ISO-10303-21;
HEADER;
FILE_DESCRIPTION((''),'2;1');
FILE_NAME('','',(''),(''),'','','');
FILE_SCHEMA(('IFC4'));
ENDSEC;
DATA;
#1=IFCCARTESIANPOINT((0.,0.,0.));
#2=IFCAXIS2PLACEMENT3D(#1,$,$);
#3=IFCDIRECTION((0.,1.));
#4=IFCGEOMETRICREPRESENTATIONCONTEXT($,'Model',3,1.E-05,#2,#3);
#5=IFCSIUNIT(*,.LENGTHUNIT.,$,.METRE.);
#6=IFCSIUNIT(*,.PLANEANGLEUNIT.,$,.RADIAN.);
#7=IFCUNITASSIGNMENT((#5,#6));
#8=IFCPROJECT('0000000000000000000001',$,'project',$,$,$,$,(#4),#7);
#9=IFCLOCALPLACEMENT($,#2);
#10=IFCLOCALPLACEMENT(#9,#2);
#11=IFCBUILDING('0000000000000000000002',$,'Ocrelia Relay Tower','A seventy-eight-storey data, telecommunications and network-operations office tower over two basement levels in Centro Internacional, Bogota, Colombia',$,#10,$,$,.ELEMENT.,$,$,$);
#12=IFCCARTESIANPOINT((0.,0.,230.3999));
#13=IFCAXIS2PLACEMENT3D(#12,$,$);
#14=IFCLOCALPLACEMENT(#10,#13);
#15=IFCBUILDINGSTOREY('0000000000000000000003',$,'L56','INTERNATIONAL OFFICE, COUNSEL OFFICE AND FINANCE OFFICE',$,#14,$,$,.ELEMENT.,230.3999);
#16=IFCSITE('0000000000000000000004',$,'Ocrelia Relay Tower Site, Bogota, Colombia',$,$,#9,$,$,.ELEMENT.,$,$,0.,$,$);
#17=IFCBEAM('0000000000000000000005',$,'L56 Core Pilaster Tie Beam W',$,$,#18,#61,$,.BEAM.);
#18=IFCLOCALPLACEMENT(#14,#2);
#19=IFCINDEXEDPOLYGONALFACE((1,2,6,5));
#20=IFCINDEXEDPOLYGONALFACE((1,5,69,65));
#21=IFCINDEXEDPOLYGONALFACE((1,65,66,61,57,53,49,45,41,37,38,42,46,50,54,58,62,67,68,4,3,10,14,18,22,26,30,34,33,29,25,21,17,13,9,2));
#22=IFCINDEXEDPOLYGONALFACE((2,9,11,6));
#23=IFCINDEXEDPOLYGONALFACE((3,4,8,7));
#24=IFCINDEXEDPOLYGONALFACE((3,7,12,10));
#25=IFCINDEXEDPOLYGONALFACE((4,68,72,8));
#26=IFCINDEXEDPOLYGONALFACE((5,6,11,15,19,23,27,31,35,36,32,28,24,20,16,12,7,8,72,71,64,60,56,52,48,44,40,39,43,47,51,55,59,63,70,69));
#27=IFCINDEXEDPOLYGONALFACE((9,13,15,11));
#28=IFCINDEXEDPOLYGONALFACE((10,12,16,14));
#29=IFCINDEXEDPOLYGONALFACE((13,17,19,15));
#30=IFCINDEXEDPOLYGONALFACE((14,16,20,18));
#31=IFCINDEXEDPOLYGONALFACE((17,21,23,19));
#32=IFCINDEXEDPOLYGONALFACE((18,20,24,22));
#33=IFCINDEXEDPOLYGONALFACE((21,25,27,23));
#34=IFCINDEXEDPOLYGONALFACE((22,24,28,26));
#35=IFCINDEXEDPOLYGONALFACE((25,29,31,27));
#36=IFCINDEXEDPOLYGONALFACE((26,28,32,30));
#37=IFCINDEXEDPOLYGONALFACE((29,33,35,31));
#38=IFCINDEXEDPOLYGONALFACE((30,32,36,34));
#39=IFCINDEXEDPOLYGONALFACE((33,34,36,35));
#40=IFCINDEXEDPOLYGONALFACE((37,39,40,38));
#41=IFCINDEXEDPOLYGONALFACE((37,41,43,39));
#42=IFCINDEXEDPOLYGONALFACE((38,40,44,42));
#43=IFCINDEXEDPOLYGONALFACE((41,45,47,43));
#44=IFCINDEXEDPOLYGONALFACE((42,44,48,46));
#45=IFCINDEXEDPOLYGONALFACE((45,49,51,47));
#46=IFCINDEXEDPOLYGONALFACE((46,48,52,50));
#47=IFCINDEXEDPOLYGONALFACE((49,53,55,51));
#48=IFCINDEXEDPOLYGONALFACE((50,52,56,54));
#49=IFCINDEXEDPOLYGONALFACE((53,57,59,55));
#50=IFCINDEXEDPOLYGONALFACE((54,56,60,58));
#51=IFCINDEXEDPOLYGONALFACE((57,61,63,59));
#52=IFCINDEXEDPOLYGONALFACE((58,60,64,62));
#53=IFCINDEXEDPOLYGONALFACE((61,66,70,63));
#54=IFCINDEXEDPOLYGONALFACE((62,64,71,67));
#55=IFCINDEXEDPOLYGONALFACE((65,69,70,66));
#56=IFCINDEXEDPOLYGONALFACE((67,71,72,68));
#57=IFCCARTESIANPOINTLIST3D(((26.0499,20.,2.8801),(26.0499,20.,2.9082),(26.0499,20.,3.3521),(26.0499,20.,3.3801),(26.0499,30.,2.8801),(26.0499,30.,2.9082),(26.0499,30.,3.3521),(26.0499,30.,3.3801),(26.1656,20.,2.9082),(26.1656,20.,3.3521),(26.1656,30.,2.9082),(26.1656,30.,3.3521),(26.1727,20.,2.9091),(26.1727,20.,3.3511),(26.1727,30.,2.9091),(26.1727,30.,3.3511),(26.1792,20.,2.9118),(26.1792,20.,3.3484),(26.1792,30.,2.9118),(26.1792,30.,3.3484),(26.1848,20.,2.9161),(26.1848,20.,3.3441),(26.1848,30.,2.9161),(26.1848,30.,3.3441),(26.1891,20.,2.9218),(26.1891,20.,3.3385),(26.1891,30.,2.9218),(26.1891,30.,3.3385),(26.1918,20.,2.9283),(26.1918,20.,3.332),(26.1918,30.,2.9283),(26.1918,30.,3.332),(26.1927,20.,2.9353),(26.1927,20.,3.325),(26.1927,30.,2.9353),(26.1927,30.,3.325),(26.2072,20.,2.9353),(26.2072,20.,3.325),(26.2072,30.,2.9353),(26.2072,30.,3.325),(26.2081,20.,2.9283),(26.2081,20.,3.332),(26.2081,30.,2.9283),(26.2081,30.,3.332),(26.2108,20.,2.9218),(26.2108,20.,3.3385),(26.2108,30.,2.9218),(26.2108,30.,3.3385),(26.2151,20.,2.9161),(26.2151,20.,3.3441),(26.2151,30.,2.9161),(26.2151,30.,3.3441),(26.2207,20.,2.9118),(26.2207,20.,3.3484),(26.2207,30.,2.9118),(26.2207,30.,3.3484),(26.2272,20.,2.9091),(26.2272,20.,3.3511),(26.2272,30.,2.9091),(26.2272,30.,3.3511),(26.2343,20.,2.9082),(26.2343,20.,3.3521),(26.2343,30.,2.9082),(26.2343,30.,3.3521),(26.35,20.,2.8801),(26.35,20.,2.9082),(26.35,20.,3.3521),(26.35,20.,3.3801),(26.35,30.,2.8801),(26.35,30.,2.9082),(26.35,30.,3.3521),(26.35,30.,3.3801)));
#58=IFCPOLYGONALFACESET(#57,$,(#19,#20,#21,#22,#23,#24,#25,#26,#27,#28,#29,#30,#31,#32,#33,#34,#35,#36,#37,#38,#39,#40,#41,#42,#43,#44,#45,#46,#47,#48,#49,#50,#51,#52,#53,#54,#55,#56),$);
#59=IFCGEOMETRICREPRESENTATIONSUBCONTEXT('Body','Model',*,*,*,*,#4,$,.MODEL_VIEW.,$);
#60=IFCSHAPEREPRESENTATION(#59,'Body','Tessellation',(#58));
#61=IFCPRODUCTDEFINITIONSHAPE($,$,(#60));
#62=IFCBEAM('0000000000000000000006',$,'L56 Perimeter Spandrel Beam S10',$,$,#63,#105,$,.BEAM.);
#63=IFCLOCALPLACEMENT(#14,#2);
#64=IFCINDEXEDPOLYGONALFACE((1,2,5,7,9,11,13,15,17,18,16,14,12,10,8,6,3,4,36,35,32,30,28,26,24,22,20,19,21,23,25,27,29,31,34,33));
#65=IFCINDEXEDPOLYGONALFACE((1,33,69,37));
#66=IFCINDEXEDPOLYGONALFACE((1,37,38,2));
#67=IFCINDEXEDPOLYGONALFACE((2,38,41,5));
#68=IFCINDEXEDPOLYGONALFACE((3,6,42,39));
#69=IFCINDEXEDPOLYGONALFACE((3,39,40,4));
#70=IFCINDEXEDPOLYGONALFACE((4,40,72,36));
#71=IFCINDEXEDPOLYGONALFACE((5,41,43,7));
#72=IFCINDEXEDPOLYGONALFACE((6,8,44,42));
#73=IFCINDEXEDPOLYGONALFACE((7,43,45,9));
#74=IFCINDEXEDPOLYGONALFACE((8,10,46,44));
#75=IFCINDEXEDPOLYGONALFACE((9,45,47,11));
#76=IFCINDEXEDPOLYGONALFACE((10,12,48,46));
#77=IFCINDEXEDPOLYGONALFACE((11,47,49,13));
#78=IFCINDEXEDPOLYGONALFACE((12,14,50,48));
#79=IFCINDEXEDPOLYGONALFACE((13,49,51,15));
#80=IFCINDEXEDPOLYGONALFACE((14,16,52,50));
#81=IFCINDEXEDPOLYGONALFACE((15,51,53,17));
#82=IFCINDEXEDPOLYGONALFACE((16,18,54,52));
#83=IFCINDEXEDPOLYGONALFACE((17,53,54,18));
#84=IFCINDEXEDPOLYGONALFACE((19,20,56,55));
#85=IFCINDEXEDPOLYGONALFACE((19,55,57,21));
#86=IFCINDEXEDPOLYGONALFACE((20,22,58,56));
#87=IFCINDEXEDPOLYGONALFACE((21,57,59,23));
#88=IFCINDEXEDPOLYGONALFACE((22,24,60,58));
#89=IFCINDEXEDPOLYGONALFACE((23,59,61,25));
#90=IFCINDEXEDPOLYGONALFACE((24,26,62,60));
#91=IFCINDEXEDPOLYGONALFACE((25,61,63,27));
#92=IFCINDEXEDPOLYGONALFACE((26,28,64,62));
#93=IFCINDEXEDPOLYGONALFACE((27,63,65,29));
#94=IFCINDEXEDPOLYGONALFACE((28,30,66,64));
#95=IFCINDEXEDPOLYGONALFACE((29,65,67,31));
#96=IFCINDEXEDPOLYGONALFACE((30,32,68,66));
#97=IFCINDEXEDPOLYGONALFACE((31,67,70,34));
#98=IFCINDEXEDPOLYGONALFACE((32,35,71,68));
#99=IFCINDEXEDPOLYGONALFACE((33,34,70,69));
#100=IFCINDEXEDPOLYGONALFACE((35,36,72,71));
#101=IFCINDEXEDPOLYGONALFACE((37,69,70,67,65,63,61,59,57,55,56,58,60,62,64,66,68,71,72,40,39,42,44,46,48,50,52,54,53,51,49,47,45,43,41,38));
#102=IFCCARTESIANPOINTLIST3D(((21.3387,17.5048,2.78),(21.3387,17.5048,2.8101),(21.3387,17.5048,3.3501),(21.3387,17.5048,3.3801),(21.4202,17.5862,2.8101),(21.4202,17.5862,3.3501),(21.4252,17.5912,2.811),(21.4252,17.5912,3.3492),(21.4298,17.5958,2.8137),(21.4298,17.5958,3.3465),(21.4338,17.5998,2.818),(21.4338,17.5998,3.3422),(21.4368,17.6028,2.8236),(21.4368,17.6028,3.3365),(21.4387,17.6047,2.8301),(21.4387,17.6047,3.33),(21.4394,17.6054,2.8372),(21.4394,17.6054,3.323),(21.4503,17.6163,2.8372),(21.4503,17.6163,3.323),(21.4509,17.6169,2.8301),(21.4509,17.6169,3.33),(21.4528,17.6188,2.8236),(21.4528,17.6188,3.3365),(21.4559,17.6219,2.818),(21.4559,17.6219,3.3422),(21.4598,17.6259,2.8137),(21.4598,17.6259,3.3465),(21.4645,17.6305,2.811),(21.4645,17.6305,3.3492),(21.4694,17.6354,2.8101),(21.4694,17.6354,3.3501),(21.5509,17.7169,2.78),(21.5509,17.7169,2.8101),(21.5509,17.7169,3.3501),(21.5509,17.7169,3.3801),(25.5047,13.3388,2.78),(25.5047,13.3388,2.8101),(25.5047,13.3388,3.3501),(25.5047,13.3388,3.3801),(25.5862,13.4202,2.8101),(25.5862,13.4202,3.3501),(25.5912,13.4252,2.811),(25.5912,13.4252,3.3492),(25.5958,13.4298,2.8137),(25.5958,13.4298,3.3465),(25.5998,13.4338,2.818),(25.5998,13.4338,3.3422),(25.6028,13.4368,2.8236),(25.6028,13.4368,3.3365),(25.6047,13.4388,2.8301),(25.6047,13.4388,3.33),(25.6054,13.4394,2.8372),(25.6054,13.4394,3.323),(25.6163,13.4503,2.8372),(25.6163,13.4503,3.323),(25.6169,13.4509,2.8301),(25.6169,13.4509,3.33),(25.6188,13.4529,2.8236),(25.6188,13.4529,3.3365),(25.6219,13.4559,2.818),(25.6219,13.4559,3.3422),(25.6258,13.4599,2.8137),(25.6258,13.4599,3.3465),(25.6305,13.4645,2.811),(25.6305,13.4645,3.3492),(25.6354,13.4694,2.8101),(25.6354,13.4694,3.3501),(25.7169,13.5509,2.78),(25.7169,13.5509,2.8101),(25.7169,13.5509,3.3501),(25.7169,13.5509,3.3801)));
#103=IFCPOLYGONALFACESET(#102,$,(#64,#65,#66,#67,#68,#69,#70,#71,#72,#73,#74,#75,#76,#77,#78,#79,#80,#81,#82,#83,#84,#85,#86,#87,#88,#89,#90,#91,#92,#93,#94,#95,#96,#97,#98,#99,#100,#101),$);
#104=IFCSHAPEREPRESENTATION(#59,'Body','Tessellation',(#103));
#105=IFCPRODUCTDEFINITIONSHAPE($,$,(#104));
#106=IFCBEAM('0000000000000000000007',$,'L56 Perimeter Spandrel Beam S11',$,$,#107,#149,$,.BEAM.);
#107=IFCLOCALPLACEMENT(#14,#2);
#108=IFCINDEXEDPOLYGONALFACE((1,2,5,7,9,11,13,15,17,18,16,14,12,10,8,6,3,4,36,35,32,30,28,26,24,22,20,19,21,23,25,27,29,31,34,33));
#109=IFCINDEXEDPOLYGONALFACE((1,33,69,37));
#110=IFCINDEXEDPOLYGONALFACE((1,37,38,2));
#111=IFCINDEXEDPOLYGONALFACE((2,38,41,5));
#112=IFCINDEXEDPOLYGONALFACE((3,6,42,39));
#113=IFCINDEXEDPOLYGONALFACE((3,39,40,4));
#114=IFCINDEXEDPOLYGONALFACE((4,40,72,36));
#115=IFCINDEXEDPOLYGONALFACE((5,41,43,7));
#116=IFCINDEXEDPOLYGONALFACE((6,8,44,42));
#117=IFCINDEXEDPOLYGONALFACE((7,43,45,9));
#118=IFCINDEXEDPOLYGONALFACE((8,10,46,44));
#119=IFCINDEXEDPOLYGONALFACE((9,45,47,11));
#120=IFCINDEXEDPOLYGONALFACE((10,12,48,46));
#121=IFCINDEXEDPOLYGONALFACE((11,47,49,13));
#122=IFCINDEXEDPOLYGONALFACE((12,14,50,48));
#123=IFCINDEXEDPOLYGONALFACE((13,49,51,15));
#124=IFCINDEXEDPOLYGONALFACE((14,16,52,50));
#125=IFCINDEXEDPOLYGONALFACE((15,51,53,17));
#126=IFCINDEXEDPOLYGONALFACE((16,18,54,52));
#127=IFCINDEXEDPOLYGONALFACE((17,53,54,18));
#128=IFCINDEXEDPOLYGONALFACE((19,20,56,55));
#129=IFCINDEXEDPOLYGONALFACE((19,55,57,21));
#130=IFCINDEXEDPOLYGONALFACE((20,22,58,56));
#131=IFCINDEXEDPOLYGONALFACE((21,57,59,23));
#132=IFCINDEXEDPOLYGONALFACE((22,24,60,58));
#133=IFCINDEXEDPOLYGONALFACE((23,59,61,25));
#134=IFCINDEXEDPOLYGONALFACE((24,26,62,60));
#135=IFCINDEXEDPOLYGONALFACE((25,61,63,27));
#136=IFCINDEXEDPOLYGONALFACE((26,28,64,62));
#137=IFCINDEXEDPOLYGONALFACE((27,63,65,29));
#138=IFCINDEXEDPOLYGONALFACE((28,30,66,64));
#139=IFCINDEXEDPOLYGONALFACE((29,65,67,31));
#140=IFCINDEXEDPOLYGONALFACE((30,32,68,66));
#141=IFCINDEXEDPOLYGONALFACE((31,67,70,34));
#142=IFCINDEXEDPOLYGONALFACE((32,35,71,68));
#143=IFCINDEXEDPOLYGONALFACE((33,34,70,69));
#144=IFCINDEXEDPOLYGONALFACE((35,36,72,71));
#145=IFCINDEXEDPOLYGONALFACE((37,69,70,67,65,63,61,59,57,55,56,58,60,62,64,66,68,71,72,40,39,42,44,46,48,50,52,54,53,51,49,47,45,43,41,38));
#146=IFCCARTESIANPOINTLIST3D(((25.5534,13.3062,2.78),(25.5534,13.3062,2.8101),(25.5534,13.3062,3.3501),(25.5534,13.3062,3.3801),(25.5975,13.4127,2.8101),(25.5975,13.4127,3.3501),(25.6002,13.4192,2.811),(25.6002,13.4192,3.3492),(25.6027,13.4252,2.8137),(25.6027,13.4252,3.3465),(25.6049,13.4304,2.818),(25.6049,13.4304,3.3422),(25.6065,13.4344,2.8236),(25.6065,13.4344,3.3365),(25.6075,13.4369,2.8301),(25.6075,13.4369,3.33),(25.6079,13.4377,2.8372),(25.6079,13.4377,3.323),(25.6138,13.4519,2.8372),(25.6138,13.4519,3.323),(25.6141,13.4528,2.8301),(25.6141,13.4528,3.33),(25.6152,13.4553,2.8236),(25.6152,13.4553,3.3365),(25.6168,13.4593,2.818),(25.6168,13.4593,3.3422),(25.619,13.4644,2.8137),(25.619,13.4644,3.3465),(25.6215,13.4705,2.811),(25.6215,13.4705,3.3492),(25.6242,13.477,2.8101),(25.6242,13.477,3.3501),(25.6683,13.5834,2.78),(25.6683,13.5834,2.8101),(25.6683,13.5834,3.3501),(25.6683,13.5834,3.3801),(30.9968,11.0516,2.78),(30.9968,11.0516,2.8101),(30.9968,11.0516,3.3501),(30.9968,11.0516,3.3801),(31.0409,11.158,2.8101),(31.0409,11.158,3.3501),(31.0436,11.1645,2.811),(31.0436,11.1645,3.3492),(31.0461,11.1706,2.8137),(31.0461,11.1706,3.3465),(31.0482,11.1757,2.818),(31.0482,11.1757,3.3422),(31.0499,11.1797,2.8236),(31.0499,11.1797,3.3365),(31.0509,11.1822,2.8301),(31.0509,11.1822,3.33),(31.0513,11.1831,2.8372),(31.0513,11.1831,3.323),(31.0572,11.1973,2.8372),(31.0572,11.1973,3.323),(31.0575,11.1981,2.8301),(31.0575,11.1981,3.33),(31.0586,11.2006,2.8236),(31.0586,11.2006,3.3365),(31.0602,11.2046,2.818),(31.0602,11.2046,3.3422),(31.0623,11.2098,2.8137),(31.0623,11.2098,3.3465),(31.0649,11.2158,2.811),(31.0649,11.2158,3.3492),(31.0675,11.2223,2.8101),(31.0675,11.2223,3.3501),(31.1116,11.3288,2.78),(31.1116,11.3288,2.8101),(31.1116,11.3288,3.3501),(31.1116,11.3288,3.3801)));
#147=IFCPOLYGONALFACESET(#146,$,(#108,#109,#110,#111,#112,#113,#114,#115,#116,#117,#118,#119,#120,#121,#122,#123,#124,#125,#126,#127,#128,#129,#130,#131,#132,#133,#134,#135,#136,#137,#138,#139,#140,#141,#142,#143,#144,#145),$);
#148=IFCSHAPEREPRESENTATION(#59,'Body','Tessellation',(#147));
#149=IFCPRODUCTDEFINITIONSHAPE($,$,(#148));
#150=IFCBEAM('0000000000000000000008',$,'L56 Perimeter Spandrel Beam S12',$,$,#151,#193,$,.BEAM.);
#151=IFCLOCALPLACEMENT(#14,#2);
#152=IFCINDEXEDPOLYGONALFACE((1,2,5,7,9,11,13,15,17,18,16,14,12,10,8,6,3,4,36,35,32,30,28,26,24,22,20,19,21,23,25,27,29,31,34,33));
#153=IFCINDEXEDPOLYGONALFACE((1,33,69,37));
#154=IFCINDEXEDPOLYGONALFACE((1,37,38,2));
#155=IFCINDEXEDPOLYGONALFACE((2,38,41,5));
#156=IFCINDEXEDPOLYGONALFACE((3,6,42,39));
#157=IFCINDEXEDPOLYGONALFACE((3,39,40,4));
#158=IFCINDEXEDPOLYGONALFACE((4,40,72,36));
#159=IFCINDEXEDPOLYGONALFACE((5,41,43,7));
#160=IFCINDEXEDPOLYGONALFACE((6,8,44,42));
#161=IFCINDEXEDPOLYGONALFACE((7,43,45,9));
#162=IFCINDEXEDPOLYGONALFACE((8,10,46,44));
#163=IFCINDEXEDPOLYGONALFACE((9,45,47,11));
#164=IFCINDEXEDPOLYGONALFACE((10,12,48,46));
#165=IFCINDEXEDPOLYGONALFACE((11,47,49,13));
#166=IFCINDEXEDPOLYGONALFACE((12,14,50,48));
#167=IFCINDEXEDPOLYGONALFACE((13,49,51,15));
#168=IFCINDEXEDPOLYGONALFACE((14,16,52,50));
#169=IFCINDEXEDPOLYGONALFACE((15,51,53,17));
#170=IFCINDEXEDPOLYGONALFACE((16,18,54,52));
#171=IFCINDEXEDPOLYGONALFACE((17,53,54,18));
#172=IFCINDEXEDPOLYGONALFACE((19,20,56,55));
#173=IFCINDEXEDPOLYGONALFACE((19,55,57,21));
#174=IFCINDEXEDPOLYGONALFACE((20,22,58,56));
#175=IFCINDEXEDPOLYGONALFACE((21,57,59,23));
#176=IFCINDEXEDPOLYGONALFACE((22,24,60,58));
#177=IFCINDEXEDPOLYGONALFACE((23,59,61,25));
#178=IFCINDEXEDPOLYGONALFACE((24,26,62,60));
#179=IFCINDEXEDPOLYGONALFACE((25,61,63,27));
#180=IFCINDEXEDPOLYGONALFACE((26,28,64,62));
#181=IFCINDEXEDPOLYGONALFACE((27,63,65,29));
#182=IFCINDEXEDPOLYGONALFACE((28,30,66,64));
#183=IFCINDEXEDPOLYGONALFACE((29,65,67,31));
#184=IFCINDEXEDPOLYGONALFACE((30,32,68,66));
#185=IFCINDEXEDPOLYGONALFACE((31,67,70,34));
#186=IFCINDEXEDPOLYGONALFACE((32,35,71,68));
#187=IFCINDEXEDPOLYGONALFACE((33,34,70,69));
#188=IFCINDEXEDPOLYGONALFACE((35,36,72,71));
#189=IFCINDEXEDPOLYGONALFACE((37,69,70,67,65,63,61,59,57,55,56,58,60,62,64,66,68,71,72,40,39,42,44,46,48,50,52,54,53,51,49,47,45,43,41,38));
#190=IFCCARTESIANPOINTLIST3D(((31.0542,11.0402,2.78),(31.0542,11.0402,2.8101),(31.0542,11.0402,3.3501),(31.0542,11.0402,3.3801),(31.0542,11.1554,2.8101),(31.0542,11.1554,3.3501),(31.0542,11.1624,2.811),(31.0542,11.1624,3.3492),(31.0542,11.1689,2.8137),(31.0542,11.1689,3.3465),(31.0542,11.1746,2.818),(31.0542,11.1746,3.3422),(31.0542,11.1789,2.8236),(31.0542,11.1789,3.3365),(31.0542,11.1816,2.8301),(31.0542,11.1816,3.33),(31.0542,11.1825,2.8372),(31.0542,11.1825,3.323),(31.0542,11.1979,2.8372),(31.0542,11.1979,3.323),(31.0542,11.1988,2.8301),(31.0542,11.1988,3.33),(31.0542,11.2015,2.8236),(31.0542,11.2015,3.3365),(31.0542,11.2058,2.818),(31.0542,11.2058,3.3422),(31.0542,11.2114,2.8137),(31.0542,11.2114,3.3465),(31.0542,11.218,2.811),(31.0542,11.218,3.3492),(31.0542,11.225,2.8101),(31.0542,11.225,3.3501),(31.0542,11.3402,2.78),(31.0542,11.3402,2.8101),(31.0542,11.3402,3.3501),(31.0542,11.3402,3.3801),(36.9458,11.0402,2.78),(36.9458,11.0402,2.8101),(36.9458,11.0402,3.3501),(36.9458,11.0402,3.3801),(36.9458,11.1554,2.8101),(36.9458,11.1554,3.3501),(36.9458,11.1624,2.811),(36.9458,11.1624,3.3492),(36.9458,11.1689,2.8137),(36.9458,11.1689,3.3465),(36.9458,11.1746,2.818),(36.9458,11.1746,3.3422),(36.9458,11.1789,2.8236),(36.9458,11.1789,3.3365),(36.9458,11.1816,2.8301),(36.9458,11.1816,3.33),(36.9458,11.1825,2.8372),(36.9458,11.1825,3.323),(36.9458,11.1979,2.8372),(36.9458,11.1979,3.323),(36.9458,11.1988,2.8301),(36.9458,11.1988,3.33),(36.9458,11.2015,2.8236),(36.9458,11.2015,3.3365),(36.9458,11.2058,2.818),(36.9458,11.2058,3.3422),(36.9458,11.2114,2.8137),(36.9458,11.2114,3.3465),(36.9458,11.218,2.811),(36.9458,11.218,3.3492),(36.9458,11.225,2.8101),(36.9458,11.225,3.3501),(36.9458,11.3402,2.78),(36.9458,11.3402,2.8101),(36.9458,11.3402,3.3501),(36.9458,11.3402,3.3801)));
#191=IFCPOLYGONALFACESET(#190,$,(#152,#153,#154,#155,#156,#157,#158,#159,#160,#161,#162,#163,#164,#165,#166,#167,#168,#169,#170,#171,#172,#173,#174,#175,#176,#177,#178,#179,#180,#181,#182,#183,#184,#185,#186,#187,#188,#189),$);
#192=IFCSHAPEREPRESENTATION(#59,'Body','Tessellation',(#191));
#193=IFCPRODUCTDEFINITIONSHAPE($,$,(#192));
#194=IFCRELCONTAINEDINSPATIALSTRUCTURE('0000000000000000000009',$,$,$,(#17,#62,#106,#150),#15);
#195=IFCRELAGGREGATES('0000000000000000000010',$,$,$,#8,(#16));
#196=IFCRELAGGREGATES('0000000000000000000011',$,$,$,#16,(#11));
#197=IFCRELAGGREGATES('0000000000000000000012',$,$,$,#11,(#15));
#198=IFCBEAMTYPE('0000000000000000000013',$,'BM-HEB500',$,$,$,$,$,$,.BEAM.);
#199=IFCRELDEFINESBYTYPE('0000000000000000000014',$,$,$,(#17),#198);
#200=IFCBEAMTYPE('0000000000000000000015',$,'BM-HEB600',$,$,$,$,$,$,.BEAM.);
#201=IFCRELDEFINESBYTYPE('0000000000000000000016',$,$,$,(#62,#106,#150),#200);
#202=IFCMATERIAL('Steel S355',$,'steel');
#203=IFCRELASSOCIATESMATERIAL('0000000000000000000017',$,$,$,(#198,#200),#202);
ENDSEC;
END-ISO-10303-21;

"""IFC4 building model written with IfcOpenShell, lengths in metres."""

from ifc_helpers import new_model, si_unit, direction, frame, origin, origin_2d, place, context, subcontext, project, spatial, i_section, extrude, material, material_profile, profile_set, type_object, element, save


model = new_model("IFC4")

# Units and contexts
model_context = context("Model", 3, precision=1e-05, world=origin(), true_north=direction((0.0, 1.0)))
body_context = subcontext(model_context, "Body", "Model", "MODEL_VIEW")
ifc_project = project(units=[si_unit("LENGTHUNIT", "METRE"), si_unit("PLANEANGLEUNIT", "RADIAN")], contexts=[model_context])

# Site, building, storey
site_placement = place(None, origin())
site = spatial("IfcSite", under=ifc_project, at=site_placement, Name="Ocrelia Relay Tower Site, Bogota, Colombia", CompositionType="ELEMENT", RefElevation=0.0)
building_placement = place(site_placement, origin())
building = spatial("IfcBuilding", under=site, at=building_placement, Name="Ocrelia Relay Tower", Description="A seventy-eight-storey data, telecommunications and network-operations office tower over two basement levels in Centro Internacional, Bogota, Colombia", CompositionType="ELEMENT")
storey_placement = place(building_placement, frame((0.0, 0.0, 230.3999)))
storey = spatial("IfcBuildingStorey", under=building, at=storey_placement, Name="L56", Description="INTERNATIONAL OFFICE, COUNSEL OFFICE AND FINANCE OFFICE", CompositionType="ELEMENT", Elevation=230.3999)

# Beams
ifc_material_1 = material(Name="Steel S355", Category="steel")
ifc_material_profile_1 = material_profile(ifc_material_1, i_section(OverallWidth=0.3, OverallDepth=0.5, WebThickness=0.0144, FlangeThickness=0.0281, FilletRadius=0.0271, at=origin_2d()), Name="HEB 500")
ifc_profile_set_1 = profile_set([ifc_material_profile_1], Name="Steel S355")
beam_type_1 = type_object("IfcBeamType", Name="BM-HEB500", PredefinedType="BEAM", material=ifc_profile_set_1)
beam_1_placement = place(storey_placement, frame((26.2, 20.0, 3.1301), z_axis=(0.0, 1.0, 0.0), x_axis=(-1.0, 0.0, 0.0)))
element("IfcBeam", 1, at=beam_1_placement, inside=storey, type_object=beam_type_1, Name="L56 Core Pilaster Tie Beam W", PredefinedType="BEAM", context=body_context, shape_type="SweptSolid", body=[
    extrude(i_section(OverallWidth=0.3, OverallDepth=0.5, WebThickness=0.0144, FlangeThickness=0.0281, FilletRadius=0.0271, at=origin_2d()), origin(), (0.0, 0.0, 1.0), 10.0),
])
ifc_material_profile_2 = material_profile(ifc_material_1, i_section(OverallWidth=0.3, OverallDepth=0.6001, WebThickness=0.0154, FlangeThickness=0.03, FilletRadius=0.0271, at=origin_2d()), Name="HEB 600")
ifc_profile_set_2 = profile_set([ifc_material_profile_2], Name="Steel S355")
beam_type_2 = type_object("IfcBeamType", Name="BM-HEB600", PredefinedType="BEAM", material=ifc_profile_set_2)
beam_2_placement = place(storey_placement, frame((21.4448, 17.6108, 3.0801), z_axis=(0.707107, -0.707107, 0.0), x_axis=(0.707107, 0.707107, 0.0)))
element("IfcBeam", 2, at=beam_2_placement, inside=storey, type_object=beam_type_2, Name="L56 Perimeter Spandrel Beam S10", PredefinedType="BEAM", context=body_context, shape_type="SweptSolid", body=[
    extrude(i_section(OverallWidth=0.3, OverallDepth=0.6001, WebThickness=0.0154, FlangeThickness=0.03, FilletRadius=0.0271, at=origin_2d()), origin(), (0.0, 0.0, 1.0), 5.8916),
])
beam_3_placement = place(storey_placement, frame((25.6108, 13.4448, 3.0801), z_axis=(0.923884, -0.382673, 0.0), x_axis=(0.382673, 0.923884, 0.0)))
element("IfcBeam", 3, at=beam_3_placement, inside=storey, type_object=beam_type_2, Name="L56 Perimeter Spandrel Beam S11", PredefinedType="BEAM", context=body_context, shape_type="SweptSolid", body=[
    extrude(i_section(OverallWidth=0.3, OverallDepth=0.6001, WebThickness=0.0154, FlangeThickness=0.03, FilletRadius=0.0271, at=origin_2d()), origin(), (0.0, 0.0, 1.0), 5.8918),
])
beam_4_placement = place(storey_placement, frame((31.0542, 11.1902, 3.0801), z_axis=(1.0, 0.0, 0.0), x_axis=(0.0, 1.0, 0.0)))
element("IfcBeam", 4, at=beam_4_placement, inside=storey, type_object=beam_type_2, Name="L56 Perimeter Spandrel Beam S12", PredefinedType="BEAM", context=body_context, shape_type="SweptSolid", body=[
    extrude(i_section(OverallWidth=0.3, OverallDepth=0.6001, WebThickness=0.0154, FlangeThickness=0.03, FilletRadius=0.0271, at=origin_2d()), origin(), (0.0, 0.0, 1.0), 5.8916),
])

save(model, "model.ifc")
